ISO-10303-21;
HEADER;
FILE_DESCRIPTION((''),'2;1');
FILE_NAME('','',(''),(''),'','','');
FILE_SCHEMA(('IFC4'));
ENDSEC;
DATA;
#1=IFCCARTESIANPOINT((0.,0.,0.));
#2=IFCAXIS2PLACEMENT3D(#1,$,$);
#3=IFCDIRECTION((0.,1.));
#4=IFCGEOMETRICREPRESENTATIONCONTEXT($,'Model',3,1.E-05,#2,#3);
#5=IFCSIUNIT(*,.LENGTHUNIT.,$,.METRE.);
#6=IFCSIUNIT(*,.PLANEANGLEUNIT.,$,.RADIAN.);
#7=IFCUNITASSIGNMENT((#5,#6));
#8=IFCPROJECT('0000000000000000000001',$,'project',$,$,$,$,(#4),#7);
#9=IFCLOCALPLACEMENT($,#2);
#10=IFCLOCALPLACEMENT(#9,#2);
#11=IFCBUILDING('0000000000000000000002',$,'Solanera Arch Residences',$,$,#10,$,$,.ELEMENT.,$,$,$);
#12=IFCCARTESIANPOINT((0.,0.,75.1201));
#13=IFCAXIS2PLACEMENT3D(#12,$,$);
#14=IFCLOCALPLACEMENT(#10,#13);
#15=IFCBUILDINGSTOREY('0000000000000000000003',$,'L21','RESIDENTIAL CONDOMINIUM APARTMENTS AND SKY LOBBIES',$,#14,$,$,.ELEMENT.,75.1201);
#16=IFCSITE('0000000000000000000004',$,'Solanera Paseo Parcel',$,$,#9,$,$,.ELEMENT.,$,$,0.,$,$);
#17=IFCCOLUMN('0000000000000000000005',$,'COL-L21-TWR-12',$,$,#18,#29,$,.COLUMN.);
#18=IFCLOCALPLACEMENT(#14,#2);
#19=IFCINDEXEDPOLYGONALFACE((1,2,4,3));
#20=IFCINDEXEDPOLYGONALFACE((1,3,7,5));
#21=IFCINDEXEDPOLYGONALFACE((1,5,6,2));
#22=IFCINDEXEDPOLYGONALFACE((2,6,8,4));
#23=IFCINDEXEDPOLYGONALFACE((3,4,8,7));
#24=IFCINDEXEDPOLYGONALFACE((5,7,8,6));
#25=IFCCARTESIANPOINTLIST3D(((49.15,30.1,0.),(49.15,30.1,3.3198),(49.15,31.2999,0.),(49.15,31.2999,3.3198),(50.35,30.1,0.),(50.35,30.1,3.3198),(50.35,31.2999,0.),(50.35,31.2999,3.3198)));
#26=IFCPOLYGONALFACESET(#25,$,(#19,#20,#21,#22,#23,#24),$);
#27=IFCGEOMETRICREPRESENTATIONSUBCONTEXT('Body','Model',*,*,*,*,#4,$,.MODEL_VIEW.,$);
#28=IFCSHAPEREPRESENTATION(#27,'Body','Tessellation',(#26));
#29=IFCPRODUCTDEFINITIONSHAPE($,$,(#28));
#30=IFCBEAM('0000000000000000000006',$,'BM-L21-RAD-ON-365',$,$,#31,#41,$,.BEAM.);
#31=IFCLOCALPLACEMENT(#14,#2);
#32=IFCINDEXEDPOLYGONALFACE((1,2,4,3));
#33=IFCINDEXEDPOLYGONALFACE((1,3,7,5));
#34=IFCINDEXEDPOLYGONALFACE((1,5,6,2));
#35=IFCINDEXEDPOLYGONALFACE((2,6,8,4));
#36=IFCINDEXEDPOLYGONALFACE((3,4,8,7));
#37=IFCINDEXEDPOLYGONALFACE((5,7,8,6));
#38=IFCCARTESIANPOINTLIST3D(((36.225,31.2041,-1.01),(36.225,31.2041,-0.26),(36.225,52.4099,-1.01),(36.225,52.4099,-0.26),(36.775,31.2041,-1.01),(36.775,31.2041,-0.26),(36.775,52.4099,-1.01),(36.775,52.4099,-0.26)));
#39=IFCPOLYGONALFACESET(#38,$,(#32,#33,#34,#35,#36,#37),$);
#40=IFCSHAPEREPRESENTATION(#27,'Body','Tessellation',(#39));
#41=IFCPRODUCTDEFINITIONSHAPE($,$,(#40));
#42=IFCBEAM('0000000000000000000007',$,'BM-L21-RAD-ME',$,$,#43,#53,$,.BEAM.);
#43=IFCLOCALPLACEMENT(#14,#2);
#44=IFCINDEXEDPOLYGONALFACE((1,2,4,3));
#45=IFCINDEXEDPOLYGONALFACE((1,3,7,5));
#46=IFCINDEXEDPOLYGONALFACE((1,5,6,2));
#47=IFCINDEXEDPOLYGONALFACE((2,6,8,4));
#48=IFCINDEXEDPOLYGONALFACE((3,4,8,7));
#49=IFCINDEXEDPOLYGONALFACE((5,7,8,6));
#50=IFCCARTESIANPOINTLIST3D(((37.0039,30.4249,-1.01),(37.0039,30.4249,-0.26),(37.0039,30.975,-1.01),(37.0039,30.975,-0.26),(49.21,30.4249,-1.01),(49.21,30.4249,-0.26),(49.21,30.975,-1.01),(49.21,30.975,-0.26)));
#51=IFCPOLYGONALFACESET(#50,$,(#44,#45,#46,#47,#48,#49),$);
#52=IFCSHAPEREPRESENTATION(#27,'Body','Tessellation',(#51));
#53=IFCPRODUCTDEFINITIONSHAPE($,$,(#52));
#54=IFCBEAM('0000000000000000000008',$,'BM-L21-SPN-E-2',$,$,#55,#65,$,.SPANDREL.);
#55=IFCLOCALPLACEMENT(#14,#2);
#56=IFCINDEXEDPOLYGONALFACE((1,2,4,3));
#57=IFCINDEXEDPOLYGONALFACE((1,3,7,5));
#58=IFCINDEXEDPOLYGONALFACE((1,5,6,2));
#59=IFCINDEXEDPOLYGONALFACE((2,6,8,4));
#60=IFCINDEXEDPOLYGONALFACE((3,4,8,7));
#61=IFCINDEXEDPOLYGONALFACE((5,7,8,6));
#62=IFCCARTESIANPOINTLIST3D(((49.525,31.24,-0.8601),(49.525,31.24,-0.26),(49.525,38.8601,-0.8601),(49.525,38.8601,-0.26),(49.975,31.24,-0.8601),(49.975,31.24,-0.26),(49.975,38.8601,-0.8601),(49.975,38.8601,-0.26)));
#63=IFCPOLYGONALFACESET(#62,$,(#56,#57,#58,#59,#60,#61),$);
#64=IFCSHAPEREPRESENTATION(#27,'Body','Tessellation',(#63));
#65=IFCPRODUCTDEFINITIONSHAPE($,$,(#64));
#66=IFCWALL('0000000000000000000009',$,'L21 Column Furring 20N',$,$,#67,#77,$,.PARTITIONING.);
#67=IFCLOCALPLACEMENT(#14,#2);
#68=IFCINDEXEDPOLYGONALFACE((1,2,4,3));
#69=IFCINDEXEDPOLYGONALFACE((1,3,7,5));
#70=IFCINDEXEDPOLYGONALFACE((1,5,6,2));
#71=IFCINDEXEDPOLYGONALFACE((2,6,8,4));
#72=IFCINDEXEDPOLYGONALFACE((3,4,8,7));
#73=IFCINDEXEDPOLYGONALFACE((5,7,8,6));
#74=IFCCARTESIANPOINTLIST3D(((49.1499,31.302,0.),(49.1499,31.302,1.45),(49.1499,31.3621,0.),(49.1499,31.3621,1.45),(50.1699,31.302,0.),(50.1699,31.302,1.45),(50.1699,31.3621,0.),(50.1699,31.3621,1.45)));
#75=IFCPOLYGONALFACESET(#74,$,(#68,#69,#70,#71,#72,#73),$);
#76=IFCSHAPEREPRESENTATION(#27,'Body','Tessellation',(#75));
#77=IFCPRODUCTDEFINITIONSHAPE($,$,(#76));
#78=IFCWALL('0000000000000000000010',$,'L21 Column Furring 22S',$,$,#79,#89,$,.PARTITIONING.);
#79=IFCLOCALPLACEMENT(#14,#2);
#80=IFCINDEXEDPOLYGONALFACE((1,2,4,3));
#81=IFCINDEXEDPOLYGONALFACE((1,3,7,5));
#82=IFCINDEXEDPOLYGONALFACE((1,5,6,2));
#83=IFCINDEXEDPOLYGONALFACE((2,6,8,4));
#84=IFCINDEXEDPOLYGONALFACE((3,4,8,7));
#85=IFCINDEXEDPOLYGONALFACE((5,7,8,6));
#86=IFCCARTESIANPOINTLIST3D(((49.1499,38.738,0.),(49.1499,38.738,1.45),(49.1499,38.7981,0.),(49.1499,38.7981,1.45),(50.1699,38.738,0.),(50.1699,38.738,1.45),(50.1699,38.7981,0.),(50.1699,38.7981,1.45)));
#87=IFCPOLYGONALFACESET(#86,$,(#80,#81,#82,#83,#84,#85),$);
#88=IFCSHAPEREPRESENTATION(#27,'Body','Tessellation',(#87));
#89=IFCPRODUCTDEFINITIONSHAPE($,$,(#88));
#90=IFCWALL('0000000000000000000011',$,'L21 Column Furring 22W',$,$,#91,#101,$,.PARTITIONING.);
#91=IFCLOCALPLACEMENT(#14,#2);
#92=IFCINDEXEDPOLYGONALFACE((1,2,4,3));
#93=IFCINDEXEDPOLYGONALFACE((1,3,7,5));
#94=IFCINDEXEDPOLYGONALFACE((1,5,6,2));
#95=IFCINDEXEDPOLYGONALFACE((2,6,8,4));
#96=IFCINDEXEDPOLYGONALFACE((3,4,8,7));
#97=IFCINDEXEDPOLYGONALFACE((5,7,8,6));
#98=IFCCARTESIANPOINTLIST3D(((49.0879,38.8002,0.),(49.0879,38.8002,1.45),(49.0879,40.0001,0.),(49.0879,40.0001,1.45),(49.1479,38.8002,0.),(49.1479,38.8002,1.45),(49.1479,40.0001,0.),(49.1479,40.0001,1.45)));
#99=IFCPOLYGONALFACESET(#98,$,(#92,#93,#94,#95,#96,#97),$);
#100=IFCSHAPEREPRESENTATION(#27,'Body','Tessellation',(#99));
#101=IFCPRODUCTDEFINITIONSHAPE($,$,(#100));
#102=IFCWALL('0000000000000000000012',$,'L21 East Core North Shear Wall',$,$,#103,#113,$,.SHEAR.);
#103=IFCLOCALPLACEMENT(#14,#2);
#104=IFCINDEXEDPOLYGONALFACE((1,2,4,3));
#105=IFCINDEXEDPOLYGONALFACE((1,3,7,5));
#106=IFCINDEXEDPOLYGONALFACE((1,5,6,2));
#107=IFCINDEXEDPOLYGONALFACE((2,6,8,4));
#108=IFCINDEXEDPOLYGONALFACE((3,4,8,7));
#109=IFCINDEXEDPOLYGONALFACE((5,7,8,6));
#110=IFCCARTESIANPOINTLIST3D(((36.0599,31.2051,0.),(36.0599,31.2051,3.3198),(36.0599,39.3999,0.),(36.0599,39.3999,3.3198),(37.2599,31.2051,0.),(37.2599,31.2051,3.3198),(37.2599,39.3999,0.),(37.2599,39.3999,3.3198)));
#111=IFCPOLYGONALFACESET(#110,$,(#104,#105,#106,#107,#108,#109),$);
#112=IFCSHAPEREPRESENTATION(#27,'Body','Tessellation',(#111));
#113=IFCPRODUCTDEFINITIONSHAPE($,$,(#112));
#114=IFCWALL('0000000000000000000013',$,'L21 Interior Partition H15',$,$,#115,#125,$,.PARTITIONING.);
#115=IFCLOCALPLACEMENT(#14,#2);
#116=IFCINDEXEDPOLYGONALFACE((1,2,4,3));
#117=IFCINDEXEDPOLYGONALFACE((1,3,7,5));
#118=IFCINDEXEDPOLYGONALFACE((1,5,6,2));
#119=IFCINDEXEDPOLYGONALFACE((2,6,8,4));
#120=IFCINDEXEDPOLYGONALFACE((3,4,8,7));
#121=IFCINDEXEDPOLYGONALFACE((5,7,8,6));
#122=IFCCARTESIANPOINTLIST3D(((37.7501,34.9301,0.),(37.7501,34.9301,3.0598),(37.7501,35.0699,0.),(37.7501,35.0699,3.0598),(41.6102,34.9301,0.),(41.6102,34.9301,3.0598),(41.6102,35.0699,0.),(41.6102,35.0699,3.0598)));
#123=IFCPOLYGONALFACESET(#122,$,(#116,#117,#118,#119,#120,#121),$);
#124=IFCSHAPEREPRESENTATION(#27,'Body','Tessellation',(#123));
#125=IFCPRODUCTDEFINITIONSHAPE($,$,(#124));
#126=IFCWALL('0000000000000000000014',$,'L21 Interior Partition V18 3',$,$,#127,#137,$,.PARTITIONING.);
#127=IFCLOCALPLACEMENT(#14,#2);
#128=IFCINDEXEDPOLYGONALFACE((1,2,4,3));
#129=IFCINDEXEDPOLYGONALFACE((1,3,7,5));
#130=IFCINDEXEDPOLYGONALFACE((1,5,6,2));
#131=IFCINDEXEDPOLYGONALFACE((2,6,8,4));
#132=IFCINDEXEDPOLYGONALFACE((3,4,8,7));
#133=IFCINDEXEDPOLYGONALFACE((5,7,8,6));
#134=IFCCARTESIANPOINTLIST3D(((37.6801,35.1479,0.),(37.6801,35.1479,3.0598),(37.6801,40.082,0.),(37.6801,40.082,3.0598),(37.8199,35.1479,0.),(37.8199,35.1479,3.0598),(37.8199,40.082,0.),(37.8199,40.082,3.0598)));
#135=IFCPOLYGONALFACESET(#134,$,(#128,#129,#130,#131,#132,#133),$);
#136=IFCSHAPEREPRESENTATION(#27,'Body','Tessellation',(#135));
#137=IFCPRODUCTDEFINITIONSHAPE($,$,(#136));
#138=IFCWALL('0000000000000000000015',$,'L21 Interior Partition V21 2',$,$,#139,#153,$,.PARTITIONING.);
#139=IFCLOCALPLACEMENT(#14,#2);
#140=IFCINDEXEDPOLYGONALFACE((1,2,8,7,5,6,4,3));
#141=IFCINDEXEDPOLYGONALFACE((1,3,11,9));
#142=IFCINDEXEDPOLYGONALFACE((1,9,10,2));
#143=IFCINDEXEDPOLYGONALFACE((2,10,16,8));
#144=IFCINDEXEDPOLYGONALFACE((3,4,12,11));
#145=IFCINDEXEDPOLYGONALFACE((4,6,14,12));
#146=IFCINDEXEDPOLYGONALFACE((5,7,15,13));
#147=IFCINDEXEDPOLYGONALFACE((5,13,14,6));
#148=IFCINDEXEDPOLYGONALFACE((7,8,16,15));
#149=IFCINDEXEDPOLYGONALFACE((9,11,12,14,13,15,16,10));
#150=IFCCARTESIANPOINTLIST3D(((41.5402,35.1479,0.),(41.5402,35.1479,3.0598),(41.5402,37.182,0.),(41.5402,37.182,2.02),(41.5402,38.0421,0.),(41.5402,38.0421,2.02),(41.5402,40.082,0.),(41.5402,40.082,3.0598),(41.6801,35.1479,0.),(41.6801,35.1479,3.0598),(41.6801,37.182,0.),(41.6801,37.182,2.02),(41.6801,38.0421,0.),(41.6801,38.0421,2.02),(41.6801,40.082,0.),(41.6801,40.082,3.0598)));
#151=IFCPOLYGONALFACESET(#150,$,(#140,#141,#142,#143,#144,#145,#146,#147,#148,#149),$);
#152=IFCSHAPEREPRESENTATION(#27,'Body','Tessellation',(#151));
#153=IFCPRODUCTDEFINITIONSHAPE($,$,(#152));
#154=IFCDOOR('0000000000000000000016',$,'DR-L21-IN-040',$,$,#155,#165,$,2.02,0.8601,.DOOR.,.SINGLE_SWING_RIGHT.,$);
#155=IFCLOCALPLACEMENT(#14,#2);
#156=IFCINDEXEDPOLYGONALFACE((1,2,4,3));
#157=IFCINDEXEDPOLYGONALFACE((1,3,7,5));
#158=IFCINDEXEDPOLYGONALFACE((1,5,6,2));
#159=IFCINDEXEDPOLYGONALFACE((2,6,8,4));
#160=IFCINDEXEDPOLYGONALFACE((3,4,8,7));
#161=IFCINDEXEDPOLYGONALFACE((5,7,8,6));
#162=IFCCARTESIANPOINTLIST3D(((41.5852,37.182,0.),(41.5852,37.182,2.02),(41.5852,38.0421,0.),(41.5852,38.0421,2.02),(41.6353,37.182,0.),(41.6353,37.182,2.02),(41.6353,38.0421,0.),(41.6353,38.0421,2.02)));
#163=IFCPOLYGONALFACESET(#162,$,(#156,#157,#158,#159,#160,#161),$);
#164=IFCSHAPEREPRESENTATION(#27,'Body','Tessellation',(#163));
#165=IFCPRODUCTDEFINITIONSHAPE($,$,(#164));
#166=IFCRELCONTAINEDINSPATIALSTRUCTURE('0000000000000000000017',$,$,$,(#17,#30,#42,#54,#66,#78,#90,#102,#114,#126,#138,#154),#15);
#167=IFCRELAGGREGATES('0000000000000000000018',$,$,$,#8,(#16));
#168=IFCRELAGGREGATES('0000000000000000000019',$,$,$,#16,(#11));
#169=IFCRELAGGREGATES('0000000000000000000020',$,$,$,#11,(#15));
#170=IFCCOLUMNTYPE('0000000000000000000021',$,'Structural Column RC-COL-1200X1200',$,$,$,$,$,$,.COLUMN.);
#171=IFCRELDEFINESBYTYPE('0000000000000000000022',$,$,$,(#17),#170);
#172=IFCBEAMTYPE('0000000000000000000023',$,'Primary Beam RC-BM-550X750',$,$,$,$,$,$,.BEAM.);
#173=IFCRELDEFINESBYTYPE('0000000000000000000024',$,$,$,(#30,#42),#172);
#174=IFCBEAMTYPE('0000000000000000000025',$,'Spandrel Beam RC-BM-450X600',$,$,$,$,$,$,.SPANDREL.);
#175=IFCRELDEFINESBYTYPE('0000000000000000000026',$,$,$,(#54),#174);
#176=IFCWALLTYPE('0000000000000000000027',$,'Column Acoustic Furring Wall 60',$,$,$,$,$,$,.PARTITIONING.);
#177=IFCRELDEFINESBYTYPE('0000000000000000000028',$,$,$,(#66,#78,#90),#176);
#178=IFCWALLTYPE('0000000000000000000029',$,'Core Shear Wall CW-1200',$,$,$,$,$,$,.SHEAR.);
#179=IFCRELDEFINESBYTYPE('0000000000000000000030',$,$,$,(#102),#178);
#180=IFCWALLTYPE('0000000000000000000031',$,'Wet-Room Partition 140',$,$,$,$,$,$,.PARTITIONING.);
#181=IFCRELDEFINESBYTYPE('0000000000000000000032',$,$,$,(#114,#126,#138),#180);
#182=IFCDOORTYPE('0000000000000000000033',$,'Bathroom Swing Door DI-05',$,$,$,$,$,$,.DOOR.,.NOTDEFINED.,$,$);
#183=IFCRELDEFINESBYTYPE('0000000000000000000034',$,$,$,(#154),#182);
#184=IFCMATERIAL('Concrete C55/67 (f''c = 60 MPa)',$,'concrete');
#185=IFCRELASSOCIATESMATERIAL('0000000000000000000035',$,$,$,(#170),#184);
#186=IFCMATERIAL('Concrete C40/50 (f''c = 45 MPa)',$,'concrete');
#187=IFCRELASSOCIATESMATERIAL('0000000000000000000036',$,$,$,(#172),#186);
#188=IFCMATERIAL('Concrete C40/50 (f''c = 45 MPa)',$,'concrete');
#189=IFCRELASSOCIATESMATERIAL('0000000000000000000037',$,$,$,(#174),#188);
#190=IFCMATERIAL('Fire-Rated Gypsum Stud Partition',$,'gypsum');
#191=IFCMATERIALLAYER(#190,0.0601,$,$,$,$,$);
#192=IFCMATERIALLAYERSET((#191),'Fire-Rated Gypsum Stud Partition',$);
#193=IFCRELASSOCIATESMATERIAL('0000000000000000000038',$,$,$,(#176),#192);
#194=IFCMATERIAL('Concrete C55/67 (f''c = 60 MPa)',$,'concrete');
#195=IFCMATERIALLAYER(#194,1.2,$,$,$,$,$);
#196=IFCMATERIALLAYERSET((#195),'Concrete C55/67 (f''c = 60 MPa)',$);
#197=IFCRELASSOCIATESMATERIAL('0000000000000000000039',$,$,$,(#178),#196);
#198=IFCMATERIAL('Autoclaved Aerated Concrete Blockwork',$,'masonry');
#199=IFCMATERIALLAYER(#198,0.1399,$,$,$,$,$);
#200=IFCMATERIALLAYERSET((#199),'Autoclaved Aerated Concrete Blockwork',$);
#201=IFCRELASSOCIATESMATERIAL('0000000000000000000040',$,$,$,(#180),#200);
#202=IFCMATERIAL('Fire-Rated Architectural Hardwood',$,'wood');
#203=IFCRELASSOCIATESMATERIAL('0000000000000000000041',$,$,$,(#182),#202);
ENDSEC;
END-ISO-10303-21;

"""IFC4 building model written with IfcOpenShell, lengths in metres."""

from ifc_helpers import new_model, si_unit, direction, frame, frame_2d, origin, origin_2d, place, context, subcontext, project, spatial, rectangle, extrude, material, layer, layer_set, material_profile, profile_set, type_object, element, fill, save


model = new_model("IFC4")

# Units and contexts
model_context = context("Model", 3, precision=1e-05, world=origin(), true_north=direction((0.0, 1.0)))
body_context = subcontext(model_context, "Body", "Model", "MODEL_VIEW")
ifc_project = project(units=[si_unit("LENGTHUNIT", "METRE"), si_unit("PLANEANGLEUNIT", "RADIAN")], contexts=[model_context])

# Site, building, storey
site_placement = place(None, origin())
site = spatial("IfcSite", under=ifc_project, at=site_placement, Name="Solanera Paseo Parcel", CompositionType="ELEMENT", RefElevation=0.0)
building_placement = place(site_placement, origin())
building = spatial("IfcBuilding", under=site, at=building_placement, Name="Solanera Arch Residences", CompositionType="ELEMENT")
storey_placement = place(building_placement, frame((0.0, 0.0, 75.1201)))
storey = spatial("IfcBuildingStorey", under=building, at=storey_placement, Name="L21", Description="RESIDENTIAL CONDOMINIUM APARTMENTS AND SKY LOBBIES", CompositionType="ELEMENT", Elevation=75.1201)

# Column
ifc_material_1 = material(Name="Concrete C55/67 (f'c = 60 MPa)", Category="concrete")
ifc_material_profile_1 = material_profile(ifc_material_1, rectangle(XDim=1.2, YDim=1.2, at=origin_2d()))
ifc_profile_set_1 = profile_set([ifc_material_profile_1], Name="Concrete C55/67 (f'c = 60 MPa)")
column_type = type_object("IfcColumnType", Name="Structural Column RC-COL-1200X1200", PredefinedType="COLUMN", material=ifc_profile_set_1)
column_placement = place(storey_placement, frame((49.75, 30.7, 0.0), z_axis=(0.0, 0.0, 1.0), x_axis=(1.0, 0.0, 0.0)))
element("IfcColumn", 1, at=column_placement, inside=storey, type_object=column_type, Name="COL-L21-TWR-12", PredefinedType="COLUMN", context=body_context, shape_type="SweptSolid", body=[
    extrude(rectangle(XDim=1.2, YDim=1.2, at=origin_2d()), origin(), (0.0, 0.0, 1.0), 3.3198),
])

# Beams
ifc_material_2 = material(Name="Concrete C40/50 (f'c = 45 MPa)", Category="concrete")
ifc_material_profile_2 = material_profile(ifc_material_2, rectangle(XDim=0.55, YDim=0.75, at=origin_2d()))
ifc_profile_set_2 = profile_set([ifc_material_profile_2], Name="Concrete C40/50 (f'c = 45 MPa)")
beam_type_1 = type_object("IfcBeamType", Name="Primary Beam RC-BM-550X750", PredefinedType="BEAM", material=ifc_profile_set_2)
beam_1_placement = place(storey_placement, frame((36.5, 31.2041, -0.635), z_axis=(0.0, 1.0, 0.0), x_axis=(-1.0, 0.0, 0.0)))
element("IfcBeam", 2, at=beam_1_placement, inside=storey, type_object=beam_type_1, Name="BM-L21-RAD-ON-365", PredefinedType="BEAM", context=body_context, shape_type="SweptSolid", body=[
    extrude(rectangle(XDim=0.55, YDim=0.75, at=origin_2d()), origin(), (0.0, 0.0, 1.0), 21.2058),
])
beam_2_placement = place(storey_placement, frame((37.0039, 30.7, -0.635), z_axis=(1.0, 0.0, 0.0), x_axis=(0.0, 1.0, 0.0)))
element("IfcBeam", 3, at=beam_2_placement, inside=storey, type_object=beam_type_1, Name="BM-L21-RAD-ME", PredefinedType="BEAM", context=body_context, shape_type="SweptSolid", body=[
    extrude(rectangle(XDim=0.55, YDim=0.75, at=origin_2d()), origin(), (0.0, 0.0, 1.0), 12.2061),
])
ifc_material_3 = material(Name="Concrete C40/50 (f'c = 45 MPa)", Category="concrete")
ifc_material_profile_3 = material_profile(ifc_material_3, rectangle(XDim=0.45, YDim=0.6001, at=origin_2d()))
ifc_profile_set_3 = profile_set([ifc_material_profile_3], Name="Concrete C40/50 (f'c = 45 MPa)")
beam_type_2 = type_object("IfcBeamType", Name="Spandrel Beam RC-BM-450X600", PredefinedType="SPANDREL", material=ifc_profile_set_3)
beam_3_placement = place(storey_placement, frame((49.75, 31.24, -0.5601), z_axis=(0.0, 1.0, 0.0), x_axis=(-1.0, 0.0, 0.0)))
element("IfcBeam", 4, at=beam_3_placement, inside=storey, type_object=beam_type_2, Name="BM-L21-SPN-E-2", PredefinedType="SPANDREL", context=body_context, shape_type="SweptSolid", body=[
    extrude(rectangle(XDim=0.45, YDim=0.6001, at=origin_2d()), origin(), (0.0, 0.0, 1.0), 7.6201),
])

# Walls
ifc_material_4 = material(Name="Fire-Rated Gypsum Stud Partition", Category="gypsum")
ifc_layer_1 = layer(ifc_material_4, 0.0601)
ifc_layer_set_1 = layer_set([ifc_layer_1], Name="Fire-Rated Gypsum Stud Partition")
wall_type_1 = type_object("IfcWallType", Name="Column Acoustic Furring Wall 60", PredefinedType="PARTITIONING", material=ifc_layer_set_1)
for number, where, z_axis, x_axis, name in (
    (5, (49.1499, 31.332, 0.0), (0.0, 0.0, 1.0), (1.0, 0.0, 0.0), "L21 Column Furring 20N"),
    (6, (49.1499, 38.7681, 0.0), (0.0, 0.0, 1.0), (1.0, 0.0, 0.0), "L21 Column Furring 22S"),
):
    element("IfcWall", number, at=place(storey_placement, frame(where, z_axis=z_axis, x_axis=x_axis)), inside=storey, type_object=wall_type_1, Name=name, PredefinedType="PARTITIONING", context=body_context, shape_type="SweptSolid", body=[
        extrude(rectangle(XDim=1.02, YDim=0.0601, at=frame_2d((0.51, 0.0))), origin(), (0.0, 0.0, 1.0), 1.45),
    ])
wall_1_placement = place(storey_placement, frame((49.1179, 38.8, 0.0), z_axis=(0.0, 0.0, 1.0), x_axis=(0.0, 1.0, 0.0)))
element("IfcWall", 7, at=wall_1_placement, inside=storey, type_object=wall_type_1, Name="L21 Column Furring 22W", PredefinedType="PARTITIONING", context=body_context, shape_type="SweptSolid", body=[
    extrude(rectangle(XDim=1.2, YDim=0.0601, at=frame_2d((0.6001, 0.0))), origin(), (0.0, 0.0, 1.0), 1.45),
])
ifc_material_5 = material(Name="Concrete C55/67 (f'c = 60 MPa)", Category="concrete")
ifc_layer_2 = layer(ifc_material_5, 1.2)
ifc_layer_set_2 = layer_set([ifc_layer_2], Name="Concrete C55/67 (f'c = 60 MPa)")
wall_type_2 = type_object("IfcWallType", Name="Core Shear Wall CW-1200", PredefinedType="SHEAR", material=ifc_layer_set_2)
wall_2_placement = place(storey_placement, frame((36.6599, 31.2051, 0.0), z_axis=(0.0, 0.0, 1.0), x_axis=(0.0, 1.0, 0.0)))
element("IfcWall", 8, at=wall_2_placement, inside=storey, type_object=wall_type_2, Name="L21 East Core North Shear Wall", PredefinedType="SHEAR", context=body_context, shape_type="SweptSolid", body=[
    extrude(rectangle(XDim=8.1948, YDim=1.2, at=frame_2d((4.0974, 0.0))), origin(), (0.0, 0.0, 1.0), 3.3198),
])
ifc_material_6 = material(Name="Autoclaved Aerated Concrete Blockwork", Category="masonry")
ifc_layer_3 = layer(ifc_material_6, 0.1399)
ifc_layer_set_3 = layer_set([ifc_layer_3], Name="Autoclaved Aerated Concrete Blockwork")
wall_type_3 = type_object("IfcWallType", Name="Wet-Room Partition 140", PredefinedType="PARTITIONING", material=ifc_layer_set_3)
wall_3_placement = place(storey_placement, frame((37.75, 35.0, 0.0), z_axis=(0.0, 0.0, 1.0), x_axis=(1.0, 0.0, 0.0)))
element("IfcWall", 9, at=wall_3_placement, inside=storey, type_object=wall_type_3, Name="L21 Interior Partition H15", PredefinedType="PARTITIONING", context=body_context, shape_type="SweptSolid", body=[
    extrude(rectangle(XDim=3.8601, YDim=0.1399, at=frame_2d((1.9302, 0.0))), origin(), (0.0, 0.0, 1.0), 3.0598),
])
wall_4_placement = place(storey_placement, frame((37.75, 35.1479, 0.0), z_axis=(0.0, 0.0, 1.0), x_axis=(0.0, 1.0, 0.0)))
element("IfcWall", 10, at=wall_4_placement, inside=storey, type_object=wall_type_3, Name="L21 Interior Partition V18 3", PredefinedType="PARTITIONING", context=body_context, shape_type="SweptSolid", body=[
    extrude(rectangle(XDim=4.9341, YDim=0.1399, at=frame_2d((2.467, 0.0))), origin(), (0.0, 0.0, 1.0), 3.0598),
])

# Wall, opening, door
wall_5_placement = place(storey_placement, frame((41.6101, 35.1479, 0.0), z_axis=(0.0, 0.0, 1.0), x_axis=(0.0, 1.0, 0.0)))
wall_5 = element("IfcWall", 11, at=wall_5_placement, inside=storey, type_object=wall_type_3, Name="L21 Interior Partition V21 2", PredefinedType="PARTITIONING", context=body_context, shape_type="SweptSolid", body=[
    extrude(rectangle(XDim=4.9341, YDim=0.1399, at=frame_2d((2.467, 0.0))), origin(), (0.0, 0.0, 1.0), 3.0598),
])
opening_placement = place(wall_5_placement, frame((2.0339, 0.0, 0.0)))
opening = element("IfcOpeningElement", 12, at=opening_placement, cuts=wall_5, PredefinedType="OPENING", context=body_context, shape_type="SweptSolid", body=[
    extrude(rectangle(XDim=0.8601, YDim=2.02, at=frame_2d((0.4302, 1.01))), frame((0.0, 0.0798, 0.0), z_axis=(0.0, -1.0, 0.0), x_axis=(1.0, 0.0, 0.0)), (0.0, 0.0, 1.0), 0.1599),
])
ifc_material_7 = material(Name="Fire-Rated Architectural Hardwood", Category="wood")
door_type = type_object("IfcDoorType", Name="Bathroom Swing Door DI-05", OperationType="NOTDEFINED", PredefinedType="DOOR", material=ifc_material_7)
door_placement = place(opening_placement, origin())
door = element("IfcDoor", 13, at=door_placement, inside=storey, type_object=door_type, Name="DR-L21-IN-040", OperationType="SINGLE_SWING_RIGHT", OverallHeight=2.02, OverallWidth=0.8601, PredefinedType="DOOR", context=body_context, shape_type="SweptSolid", body=[
    extrude(rectangle(XDim=0.8601, YDim=2.02, at=frame_2d((0.4302, 1.01))), frame((0.0, 0.0249, 0.0), z_axis=(0.0, -1.0, 0.0), x_axis=(1.0, 0.0, 0.0)), (0.0, 0.0, 1.0), 0.05),
])
fill(opening, door)

save(model, "model.ifc")
